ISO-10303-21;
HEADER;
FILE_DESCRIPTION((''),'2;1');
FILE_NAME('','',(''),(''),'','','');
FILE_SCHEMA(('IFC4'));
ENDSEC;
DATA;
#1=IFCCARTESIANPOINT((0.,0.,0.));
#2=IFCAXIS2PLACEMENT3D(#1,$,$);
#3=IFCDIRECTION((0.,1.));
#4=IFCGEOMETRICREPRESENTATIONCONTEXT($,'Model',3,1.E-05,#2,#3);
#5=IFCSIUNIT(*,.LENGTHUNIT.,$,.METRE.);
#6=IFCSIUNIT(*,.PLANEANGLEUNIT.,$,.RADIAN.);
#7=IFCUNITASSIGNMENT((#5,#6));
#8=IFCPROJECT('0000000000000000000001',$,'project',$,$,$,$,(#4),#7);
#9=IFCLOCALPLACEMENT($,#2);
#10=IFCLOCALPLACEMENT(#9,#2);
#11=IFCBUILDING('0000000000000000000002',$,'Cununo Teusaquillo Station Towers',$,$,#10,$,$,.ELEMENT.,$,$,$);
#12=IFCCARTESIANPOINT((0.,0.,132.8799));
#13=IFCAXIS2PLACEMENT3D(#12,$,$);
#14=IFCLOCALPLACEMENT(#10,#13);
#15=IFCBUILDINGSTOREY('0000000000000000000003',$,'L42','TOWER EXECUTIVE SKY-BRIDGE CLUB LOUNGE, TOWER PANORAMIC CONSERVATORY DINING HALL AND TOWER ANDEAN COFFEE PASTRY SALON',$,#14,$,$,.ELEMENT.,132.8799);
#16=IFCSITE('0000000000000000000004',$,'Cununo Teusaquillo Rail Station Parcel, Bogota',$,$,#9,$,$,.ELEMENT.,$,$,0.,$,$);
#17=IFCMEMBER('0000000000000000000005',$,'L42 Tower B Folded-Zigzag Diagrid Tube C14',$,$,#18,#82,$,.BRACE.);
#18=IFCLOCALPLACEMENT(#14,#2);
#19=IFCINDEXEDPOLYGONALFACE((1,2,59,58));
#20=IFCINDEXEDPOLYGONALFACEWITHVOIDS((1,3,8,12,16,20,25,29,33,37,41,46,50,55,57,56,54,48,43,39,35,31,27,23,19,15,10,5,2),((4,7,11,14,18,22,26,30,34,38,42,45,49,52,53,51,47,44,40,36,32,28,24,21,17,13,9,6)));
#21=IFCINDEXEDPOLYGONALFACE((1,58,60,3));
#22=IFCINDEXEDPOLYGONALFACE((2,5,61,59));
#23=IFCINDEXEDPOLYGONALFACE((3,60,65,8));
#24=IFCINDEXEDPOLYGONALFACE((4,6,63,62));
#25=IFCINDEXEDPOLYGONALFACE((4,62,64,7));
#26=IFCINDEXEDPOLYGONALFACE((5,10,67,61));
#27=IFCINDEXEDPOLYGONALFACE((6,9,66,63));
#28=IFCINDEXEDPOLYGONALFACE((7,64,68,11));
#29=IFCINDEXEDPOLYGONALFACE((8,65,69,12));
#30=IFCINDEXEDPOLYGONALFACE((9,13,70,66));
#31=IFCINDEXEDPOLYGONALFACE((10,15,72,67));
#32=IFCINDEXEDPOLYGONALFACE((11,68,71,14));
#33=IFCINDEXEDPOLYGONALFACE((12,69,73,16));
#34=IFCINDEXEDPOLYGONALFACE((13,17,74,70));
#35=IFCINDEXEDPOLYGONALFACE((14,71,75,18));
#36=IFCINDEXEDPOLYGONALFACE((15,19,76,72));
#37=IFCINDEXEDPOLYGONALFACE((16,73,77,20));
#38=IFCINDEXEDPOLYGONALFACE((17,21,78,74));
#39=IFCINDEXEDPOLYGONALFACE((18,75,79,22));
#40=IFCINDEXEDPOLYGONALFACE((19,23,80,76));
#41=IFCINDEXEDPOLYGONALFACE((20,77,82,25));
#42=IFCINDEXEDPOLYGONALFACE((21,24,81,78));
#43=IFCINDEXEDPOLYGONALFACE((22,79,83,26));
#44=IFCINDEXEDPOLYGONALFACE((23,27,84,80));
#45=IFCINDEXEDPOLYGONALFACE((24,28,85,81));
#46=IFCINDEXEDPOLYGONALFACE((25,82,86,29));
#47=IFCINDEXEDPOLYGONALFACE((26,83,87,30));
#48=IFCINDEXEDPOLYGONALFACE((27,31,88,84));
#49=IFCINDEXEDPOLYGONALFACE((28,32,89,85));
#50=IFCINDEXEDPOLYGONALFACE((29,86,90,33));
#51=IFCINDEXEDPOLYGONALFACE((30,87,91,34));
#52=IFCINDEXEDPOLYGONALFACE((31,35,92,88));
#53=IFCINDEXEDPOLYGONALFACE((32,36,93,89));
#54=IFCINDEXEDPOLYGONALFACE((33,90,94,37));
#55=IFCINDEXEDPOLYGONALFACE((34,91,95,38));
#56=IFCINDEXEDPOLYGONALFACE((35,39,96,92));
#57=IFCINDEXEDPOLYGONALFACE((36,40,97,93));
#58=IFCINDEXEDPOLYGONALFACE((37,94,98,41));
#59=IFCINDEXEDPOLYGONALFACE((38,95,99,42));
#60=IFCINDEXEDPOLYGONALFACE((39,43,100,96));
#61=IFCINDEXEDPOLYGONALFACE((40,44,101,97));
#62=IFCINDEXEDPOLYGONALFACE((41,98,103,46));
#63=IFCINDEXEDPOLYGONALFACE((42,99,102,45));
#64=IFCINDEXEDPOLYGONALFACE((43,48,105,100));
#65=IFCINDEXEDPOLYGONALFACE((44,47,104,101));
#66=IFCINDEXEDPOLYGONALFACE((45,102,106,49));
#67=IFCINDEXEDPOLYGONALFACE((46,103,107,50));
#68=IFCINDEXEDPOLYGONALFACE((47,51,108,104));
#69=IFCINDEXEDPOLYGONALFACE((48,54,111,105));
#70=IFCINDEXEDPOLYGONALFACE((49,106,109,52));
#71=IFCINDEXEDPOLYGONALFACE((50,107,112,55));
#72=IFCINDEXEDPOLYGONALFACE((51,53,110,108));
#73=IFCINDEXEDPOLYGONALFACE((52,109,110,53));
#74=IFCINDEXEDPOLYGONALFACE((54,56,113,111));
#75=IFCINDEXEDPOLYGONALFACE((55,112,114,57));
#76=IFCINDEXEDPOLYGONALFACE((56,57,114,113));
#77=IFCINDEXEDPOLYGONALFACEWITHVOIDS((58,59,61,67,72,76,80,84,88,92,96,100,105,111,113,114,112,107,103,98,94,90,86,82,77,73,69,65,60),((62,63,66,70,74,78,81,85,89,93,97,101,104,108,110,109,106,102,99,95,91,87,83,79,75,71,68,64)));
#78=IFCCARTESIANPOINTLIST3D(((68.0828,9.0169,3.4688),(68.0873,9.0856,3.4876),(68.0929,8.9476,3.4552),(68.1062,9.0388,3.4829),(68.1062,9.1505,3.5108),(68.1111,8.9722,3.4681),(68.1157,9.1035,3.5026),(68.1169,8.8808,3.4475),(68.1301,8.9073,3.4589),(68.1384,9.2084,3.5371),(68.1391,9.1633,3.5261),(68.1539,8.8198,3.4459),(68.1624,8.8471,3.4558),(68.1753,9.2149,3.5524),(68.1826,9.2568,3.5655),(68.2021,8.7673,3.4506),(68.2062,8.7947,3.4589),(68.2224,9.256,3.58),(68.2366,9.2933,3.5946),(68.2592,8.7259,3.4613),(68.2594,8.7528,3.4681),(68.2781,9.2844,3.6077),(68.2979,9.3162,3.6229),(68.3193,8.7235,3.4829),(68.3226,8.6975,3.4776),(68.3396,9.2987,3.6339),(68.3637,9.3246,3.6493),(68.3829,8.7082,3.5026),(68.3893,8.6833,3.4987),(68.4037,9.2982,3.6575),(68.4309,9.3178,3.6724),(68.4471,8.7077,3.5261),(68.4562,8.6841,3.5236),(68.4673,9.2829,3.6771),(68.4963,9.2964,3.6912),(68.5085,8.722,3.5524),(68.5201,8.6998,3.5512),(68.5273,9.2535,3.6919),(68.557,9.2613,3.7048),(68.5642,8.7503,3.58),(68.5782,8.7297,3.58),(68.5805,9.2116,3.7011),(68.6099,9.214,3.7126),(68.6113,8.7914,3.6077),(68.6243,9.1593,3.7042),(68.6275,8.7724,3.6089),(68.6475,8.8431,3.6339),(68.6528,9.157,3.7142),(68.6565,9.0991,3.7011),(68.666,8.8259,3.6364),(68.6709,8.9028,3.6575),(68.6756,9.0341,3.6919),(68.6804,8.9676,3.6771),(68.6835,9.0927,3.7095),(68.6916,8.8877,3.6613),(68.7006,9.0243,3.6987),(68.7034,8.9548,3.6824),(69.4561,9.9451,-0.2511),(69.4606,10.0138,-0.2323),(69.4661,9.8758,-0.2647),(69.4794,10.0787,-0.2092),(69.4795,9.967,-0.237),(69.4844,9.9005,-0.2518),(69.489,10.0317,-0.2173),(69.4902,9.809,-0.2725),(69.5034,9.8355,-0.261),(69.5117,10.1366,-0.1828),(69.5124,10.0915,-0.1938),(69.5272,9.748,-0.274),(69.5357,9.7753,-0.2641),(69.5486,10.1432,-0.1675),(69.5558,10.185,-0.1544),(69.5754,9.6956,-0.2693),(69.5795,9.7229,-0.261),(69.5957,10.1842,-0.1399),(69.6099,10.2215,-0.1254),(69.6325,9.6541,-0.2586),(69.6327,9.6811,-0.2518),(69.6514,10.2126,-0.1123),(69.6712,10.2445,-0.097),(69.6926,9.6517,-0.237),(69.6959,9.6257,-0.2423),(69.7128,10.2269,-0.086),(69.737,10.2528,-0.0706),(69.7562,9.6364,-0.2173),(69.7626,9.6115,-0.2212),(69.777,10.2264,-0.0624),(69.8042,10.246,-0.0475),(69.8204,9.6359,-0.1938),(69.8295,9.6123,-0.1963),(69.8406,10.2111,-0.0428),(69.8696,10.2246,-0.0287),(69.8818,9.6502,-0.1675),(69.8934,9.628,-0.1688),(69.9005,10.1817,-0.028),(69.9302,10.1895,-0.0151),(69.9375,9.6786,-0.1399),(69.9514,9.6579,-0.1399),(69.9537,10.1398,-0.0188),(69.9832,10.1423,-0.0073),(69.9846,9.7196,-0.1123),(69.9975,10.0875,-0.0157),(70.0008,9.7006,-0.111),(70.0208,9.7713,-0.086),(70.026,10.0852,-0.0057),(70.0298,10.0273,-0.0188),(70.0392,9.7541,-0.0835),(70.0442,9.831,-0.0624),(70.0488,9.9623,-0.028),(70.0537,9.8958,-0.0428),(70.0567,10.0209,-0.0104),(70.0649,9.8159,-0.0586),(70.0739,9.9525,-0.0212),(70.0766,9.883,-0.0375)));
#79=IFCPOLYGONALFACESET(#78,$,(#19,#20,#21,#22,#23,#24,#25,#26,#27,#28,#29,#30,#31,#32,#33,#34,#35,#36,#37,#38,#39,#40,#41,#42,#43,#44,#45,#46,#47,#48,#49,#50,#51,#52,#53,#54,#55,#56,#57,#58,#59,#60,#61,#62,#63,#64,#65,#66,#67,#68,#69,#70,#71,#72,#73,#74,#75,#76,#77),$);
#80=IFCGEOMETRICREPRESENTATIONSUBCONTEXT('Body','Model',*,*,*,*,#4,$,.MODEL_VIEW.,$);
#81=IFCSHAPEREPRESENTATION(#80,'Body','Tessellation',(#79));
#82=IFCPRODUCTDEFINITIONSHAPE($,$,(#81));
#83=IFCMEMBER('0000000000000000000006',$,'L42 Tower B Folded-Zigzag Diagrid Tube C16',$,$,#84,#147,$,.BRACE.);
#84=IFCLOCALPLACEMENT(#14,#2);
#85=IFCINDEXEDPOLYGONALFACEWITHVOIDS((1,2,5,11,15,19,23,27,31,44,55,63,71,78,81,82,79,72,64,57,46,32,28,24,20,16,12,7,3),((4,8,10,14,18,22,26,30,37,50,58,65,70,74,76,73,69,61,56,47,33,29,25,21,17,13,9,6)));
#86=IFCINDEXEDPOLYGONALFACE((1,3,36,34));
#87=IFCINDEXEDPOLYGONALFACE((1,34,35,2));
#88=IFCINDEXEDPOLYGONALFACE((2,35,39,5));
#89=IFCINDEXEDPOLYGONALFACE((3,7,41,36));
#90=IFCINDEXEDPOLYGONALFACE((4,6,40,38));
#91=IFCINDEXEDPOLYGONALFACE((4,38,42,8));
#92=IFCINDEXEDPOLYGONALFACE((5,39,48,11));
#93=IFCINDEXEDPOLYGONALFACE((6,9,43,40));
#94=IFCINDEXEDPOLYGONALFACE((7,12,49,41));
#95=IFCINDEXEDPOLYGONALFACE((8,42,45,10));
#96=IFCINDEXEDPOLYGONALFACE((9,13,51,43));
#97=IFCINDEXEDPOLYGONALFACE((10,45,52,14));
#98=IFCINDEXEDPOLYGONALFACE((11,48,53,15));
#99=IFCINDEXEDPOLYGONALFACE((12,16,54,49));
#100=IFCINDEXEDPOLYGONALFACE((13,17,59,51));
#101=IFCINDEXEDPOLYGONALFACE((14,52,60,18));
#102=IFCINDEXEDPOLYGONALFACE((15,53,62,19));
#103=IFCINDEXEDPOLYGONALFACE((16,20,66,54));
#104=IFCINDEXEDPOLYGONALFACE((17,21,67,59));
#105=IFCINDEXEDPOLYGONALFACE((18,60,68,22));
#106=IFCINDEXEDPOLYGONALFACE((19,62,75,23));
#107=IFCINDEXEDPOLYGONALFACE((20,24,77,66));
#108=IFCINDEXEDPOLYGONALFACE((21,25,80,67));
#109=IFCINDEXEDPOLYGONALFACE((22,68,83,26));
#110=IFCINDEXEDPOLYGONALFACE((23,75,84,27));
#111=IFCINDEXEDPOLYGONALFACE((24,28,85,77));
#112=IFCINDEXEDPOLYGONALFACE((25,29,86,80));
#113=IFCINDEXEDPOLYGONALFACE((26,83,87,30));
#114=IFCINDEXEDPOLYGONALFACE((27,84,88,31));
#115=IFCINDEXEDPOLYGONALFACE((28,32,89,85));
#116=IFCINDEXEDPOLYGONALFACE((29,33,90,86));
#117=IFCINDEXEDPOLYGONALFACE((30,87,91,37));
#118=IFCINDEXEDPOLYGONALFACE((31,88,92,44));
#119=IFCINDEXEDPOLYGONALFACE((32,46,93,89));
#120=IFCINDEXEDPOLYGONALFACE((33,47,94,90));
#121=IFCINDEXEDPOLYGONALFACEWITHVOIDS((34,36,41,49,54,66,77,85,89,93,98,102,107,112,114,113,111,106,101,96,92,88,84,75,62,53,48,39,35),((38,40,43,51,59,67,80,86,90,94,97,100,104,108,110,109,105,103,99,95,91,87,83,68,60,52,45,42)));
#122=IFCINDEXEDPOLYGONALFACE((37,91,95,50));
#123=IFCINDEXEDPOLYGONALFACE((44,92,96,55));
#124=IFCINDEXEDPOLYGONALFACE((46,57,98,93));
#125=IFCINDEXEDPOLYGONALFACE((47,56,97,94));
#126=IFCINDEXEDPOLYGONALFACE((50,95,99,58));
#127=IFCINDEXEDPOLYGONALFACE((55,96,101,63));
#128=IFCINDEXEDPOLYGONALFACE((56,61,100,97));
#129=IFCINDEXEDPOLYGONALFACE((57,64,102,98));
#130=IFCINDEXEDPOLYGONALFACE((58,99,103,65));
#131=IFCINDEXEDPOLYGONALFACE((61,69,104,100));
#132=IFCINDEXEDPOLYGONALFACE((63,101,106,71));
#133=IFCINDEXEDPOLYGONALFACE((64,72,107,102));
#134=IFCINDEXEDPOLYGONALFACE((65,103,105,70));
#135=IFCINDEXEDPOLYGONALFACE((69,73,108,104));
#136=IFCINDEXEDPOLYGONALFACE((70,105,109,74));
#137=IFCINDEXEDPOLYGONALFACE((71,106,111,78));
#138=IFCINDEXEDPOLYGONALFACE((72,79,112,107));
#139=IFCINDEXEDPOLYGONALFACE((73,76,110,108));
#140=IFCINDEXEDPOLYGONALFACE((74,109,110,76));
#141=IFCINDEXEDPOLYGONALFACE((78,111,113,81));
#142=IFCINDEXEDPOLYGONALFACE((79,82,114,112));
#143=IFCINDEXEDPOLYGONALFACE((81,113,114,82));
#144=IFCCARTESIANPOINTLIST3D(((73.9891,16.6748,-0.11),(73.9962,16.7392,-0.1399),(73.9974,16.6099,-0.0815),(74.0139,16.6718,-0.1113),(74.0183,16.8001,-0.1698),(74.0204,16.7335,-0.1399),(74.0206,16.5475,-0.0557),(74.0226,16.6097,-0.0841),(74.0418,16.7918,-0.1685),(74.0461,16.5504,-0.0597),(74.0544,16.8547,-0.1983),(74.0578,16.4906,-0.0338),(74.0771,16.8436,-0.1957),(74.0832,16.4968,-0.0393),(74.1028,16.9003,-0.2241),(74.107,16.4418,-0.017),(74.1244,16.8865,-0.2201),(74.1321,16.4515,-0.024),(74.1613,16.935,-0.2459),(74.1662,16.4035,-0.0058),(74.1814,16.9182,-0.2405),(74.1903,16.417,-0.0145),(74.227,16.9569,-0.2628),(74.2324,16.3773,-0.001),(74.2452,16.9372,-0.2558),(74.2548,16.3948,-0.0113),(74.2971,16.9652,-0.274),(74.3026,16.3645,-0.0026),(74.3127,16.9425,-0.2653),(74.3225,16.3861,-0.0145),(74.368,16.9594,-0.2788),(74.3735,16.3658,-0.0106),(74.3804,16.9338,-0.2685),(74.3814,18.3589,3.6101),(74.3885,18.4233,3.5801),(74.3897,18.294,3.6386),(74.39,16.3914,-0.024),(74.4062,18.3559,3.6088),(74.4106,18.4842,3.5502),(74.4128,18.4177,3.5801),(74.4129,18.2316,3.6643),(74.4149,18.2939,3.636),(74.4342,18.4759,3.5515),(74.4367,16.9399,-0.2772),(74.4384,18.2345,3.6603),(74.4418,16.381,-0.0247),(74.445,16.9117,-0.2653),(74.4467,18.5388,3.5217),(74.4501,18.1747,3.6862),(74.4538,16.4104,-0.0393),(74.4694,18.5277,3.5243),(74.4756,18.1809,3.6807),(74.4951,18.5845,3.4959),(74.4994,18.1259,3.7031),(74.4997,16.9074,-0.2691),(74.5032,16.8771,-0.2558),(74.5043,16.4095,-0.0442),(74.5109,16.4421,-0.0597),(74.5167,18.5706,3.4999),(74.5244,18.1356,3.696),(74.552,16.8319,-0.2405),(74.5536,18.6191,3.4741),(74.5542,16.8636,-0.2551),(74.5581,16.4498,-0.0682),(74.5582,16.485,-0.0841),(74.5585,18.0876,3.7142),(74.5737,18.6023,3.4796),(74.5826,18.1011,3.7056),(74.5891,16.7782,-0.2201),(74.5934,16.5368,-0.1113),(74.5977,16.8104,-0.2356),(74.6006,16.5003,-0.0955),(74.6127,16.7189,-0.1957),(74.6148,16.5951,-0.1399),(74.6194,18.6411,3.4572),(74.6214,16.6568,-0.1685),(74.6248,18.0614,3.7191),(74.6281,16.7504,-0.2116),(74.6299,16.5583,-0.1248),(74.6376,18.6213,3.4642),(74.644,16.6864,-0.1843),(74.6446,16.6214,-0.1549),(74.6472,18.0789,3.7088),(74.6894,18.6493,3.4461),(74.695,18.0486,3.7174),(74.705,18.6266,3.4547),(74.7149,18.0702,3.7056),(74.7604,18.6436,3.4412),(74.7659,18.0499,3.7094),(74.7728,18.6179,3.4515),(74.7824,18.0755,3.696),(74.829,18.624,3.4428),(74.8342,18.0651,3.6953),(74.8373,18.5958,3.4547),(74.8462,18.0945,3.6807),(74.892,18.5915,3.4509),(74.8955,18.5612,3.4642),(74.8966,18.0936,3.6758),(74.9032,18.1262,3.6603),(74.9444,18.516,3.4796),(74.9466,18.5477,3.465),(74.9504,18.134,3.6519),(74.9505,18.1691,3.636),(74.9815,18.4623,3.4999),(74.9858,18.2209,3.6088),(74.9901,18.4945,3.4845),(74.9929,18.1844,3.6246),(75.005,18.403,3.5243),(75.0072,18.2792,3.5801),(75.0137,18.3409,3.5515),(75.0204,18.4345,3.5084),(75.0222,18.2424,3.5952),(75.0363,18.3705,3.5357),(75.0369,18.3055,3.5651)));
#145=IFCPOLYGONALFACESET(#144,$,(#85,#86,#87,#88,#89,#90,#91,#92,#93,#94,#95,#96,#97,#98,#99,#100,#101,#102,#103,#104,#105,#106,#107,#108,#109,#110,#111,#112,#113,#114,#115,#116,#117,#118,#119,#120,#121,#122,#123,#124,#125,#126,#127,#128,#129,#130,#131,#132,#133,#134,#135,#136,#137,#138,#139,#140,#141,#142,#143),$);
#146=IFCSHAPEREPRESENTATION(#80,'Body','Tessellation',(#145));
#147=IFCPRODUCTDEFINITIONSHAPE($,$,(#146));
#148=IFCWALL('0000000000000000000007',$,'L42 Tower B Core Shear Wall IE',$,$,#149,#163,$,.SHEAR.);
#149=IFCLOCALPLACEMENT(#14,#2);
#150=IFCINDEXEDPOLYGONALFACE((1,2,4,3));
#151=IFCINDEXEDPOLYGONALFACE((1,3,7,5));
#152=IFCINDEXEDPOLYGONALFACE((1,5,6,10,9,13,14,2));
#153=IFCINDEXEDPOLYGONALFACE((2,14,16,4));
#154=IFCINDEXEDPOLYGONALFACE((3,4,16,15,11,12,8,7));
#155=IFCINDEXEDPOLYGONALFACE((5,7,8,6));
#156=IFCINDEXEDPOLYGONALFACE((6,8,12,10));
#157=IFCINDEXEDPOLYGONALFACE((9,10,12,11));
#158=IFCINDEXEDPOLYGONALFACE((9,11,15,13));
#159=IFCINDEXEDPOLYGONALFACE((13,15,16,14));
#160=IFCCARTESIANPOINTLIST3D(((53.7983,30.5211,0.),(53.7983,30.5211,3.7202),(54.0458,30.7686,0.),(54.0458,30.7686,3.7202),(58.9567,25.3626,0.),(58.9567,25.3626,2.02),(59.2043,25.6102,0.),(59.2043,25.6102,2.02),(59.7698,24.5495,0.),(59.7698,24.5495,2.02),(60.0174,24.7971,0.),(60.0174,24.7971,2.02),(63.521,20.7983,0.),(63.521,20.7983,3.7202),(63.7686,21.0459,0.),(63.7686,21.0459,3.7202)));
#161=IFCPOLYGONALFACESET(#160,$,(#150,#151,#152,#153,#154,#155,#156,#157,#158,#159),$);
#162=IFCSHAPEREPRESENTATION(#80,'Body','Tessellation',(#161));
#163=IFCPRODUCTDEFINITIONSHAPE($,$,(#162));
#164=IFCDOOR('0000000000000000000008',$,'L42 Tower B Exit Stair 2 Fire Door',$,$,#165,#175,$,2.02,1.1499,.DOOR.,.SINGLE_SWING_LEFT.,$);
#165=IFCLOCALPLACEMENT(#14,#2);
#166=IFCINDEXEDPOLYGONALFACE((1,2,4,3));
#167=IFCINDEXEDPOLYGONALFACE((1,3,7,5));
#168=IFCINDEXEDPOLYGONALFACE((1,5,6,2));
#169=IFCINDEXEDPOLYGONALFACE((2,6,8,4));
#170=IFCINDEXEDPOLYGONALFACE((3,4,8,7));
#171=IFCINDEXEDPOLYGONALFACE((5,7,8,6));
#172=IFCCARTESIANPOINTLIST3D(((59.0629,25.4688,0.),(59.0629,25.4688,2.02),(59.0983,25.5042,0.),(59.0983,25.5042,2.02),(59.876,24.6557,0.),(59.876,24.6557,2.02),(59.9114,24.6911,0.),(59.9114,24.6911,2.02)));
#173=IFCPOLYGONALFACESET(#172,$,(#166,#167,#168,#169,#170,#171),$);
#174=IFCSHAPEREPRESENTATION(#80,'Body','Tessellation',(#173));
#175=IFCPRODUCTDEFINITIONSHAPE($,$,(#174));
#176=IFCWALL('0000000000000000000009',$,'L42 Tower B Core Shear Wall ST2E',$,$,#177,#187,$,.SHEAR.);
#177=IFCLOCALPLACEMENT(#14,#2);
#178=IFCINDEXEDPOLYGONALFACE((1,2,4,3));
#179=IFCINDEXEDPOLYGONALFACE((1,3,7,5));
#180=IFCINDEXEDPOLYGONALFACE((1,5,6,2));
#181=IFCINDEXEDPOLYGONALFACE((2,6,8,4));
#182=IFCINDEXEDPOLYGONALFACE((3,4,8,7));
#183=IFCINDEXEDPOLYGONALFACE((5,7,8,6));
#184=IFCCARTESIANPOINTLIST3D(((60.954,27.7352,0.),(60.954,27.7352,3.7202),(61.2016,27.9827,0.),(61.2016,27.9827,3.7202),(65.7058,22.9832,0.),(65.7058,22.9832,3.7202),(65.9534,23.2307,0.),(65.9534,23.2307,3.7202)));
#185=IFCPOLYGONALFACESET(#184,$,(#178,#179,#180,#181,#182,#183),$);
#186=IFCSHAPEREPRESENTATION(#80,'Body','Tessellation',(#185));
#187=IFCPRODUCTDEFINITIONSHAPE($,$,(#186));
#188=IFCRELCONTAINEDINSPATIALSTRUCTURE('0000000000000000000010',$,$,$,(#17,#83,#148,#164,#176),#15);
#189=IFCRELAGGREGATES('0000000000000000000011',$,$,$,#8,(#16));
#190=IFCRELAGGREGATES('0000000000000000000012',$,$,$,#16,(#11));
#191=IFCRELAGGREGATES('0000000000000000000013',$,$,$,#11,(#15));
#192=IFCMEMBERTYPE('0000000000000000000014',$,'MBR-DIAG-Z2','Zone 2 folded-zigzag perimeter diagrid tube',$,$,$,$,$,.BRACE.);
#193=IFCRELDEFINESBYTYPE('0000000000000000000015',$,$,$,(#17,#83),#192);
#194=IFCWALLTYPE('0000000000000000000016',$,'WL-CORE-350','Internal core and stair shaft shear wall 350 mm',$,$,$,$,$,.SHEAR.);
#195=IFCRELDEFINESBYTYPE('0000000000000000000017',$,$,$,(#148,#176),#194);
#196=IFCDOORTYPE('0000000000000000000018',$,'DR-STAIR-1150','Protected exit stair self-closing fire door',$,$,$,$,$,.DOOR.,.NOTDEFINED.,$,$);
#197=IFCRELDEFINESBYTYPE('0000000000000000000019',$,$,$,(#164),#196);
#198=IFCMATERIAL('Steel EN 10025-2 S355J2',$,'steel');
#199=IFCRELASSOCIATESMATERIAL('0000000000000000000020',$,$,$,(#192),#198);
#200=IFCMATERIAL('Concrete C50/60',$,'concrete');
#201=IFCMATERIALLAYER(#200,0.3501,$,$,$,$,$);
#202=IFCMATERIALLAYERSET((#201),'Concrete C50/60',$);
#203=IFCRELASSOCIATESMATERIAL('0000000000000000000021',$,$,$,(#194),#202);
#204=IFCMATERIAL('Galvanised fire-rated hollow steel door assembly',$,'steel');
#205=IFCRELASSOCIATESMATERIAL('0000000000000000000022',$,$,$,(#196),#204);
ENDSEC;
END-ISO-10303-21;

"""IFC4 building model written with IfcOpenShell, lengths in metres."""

from ifc_helpers import new_model, si_unit, direction, frame, frame_2d, origin, origin_2d, place, context, subcontext, project, spatial, rectangle, hollow_circle, extrude, source, transform, mapped, material, layer, layer_set, material_profile, profile_set, type_object, element, fill, save


model = new_model("IFC4")

# Units and contexts
model_context = context("Model", 3, precision=1e-05, world=origin(), true_north=direction((0.0, 1.0)))
body_context = subcontext(model_context, "Body", "Model", "MODEL_VIEW")
ifc_project = project(units=[si_unit("LENGTHUNIT", "METRE"), si_unit("PLANEANGLEUNIT", "RADIAN")], contexts=[model_context])

# Site, building, storey
site_placement = place(None, origin())
site = spatial("IfcSite", under=ifc_project, at=site_placement, Name="Cununo Teusaquillo Rail Station Parcel, Bogota", CompositionType="ELEMENT", RefElevation=0.0)
building_placement = place(site_placement, origin())
building = spatial("IfcBuilding", under=site, at=building_placement, Name="Cununo Teusaquillo Station Towers", CompositionType="ELEMENT")
storey_placement = place(building_placement, frame((0.0, 0.0, 132.8799)))
storey = spatial("IfcBuildingStorey", under=building, at=storey_placement, Name="L42", Description="TOWER EXECUTIVE SKY-BRIDGE CLUB LOUNGE, TOWER PANORAMIC CONSERVATORY DINING HALL AND TOWER ANDEAN COFFEE PASTRY SALON", CompositionType="ELEMENT", Elevation=132.8799)

# Members
ifc_material_1 = material(Name="Steel EN 10025-2 S355J2", Category="steel")
ifc_material_profile_1 = material_profile(ifc_material_1, hollow_circle(Radius=0.3301, WallThickness=0.0249, at=origin_2d()), Name="CHS 660x25")
ifc_profile_set_1 = profile_set([ifc_material_profile_1], Name="Steel EN 10025-2 S355J2")
member_type = type_object("IfcMemberType", Name="MBR-DIAG-Z2", Description="Zone 2 folded-zigzag perimeter diagrid tube", PredefinedType="BRACE", material=ifc_profile_set_1)
member_1_placement = place(storey_placement, frame((69.7666, 9.9314, -0.1399), z_axis=(-0.337206, -0.227921, 0.913424), x_axis=(0.559991, -0.828498, 0.0)))
element("IfcMember", 1, at=member_1_placement, inside=storey, type_object=member_type, Name="L42 Tower B Folded-Zigzag Diagrid Tube C14", PredefinedType="BRACE", context=body_context, shape_type="SweptSolid", body=[
    extrude(hollow_circle(Radius=0.3301, WallThickness=0.0249, at=origin_2d()), origin(), (0.0, 0.0, 1.0), 4.0725),
])
member_2_placement = place(storey_placement, frame((74.3176, 16.6643, -0.1399), z_axis=(0.095639, 0.410529, 0.906818), x_axis=(-0.97392, 0.22689, 0.0)))
element("IfcMember", 2, at=member_2_placement, inside=storey, type_object=member_type, Name="L42 Tower B Folded-Zigzag Diagrid Tube C16", PredefinedType="BRACE", context=body_context, shape_type="SweptSolid", body=[
    extrude(hollow_circle(Radius=0.3301, WallThickness=0.0249, at=origin_2d()), origin(), (0.0, 0.0, 1.0), 4.1023),
])

# Wall, opening, door
ifc_material_2 = material(Name="Concrete C50/60", Category="concrete")
ifc_layer_1 = layer(ifc_material_2, 0.3501)
ifc_layer_set_1 = layer_set([ifc_layer_1], Name="Concrete C50/60")
wall_type_1 = type_object("IfcWallType", Name="WL-CORE-350", Description="Internal core and stair shaft shear wall 350 mm", PredefinedType="SHEAR", material=ifc_layer_set_1)
wall_1_placement = place(storey_placement, frame((63.6448, 20.9221, 0.0), z_axis=(0.0, 0.0, 1.0), x_axis=(-0.707107, 0.707107, 0.0)))
wall_1 = element("IfcWall", 3, at=wall_1_placement, inside=storey, type_object=wall_type_1, Name="L42 Tower B Core Shear Wall IE", PredefinedType="SHEAR", context=body_context, shape_type="SweptSolid", body=[
    extrude(rectangle(XDim=13.75, YDim=0.3501, at=frame_2d((6.875, 0.0))), origin(), (0.0, 0.0, 1.0), 3.7202),
])
shared_shape_1 = source(origin(), body_context, "Body", "SweptSolid", [
    extrude(rectangle(XDim=1.1499, YDim=2.02, at=frame_2d((0.575, 1.01))), frame((0.0, 0.1851, 0.0), z_axis=(0.0, -1.0, 0.0), x_axis=(1.0, 0.0, 0.0)), (0.0, 0.0, 1.0), 0.3701),
])
opening_1_placement = place(wall_1_placement, frame((5.3049, 0.0, 0.0)))
opening_1 = element("IfcOpeningElement", 4, at=opening_1_placement, cuts=wall_1, PredefinedType="OPENING", context=body_context, shape_type="MappedRepresentation", body=[
    mapped(shared_shape_1, transform((0.0, 0.0, 0.0), x_axis=(1.0, 0.0, 0.0), y_axis=(0.0, 1.0, 0.0), z_axis=(0.0, 0.0, 1.0), scale=1.0)),
])
ifc_material_3 = material(Name="Galvanised fire-rated hollow steel door assembly", Category="steel")
door_type_1 = type_object("IfcDoorType", Name="DR-STAIR-1150", Description="Protected exit stair self-closing fire door", OperationType="NOTDEFINED", PredefinedType="DOOR", material=ifc_material_3)
shared_shape_2 = source(origin(), body_context, "Body", "SweptSolid", [
    extrude(rectangle(XDim=1.1499, YDim=2.02, at=frame_2d((0.575, 1.01))), frame((0.0, 0.0249, 0.0), z_axis=(0.0, -1.0, 0.0), x_axis=(1.0, 0.0, 0.0)), (0.0, 0.0, 1.0), 0.05),
])
door_1_placement = place(opening_1_placement, origin())
door_1 = element("IfcDoor", 5, at=door_1_placement, inside=storey, type_object=door_type_1, Name="L42 Tower B Exit Stair 2 Fire Door", OperationType="SINGLE_SWING_LEFT", OverallHeight=2.02, OverallWidth=1.1499, PredefinedType="DOOR", context=body_context, shape_type="MappedRepresentation", body=[
    mapped(shared_shape_2, transform((0.0, 0.0, 0.0), x_axis=(1.0, 0.0, 0.0), y_axis=(0.0, 1.0, 0.0), z_axis=(0.0, 0.0, 1.0), scale=1.0)),
])
fill(opening_1, door_1)

# Wall
wall_2_placement = place(storey_placement, frame((65.8296, 23.1069, 0.0), z_axis=(0.0, 0.0, 1.0), x_axis=(-0.707089, 0.707125, 0.0)))
element("IfcWall", 6, at=wall_2_placement, inside=storey, type_object=wall_type_1, Name="L42 Tower B Core Shear Wall ST2E", PredefinedType="SHEAR", context=body_context, shape_type="SweptSolid", body=[
    extrude(rectangle(XDim=6.7202, YDim=0.3501, at=frame_2d((3.3601, 0.0))), origin(), (0.0, 0.0, 1.0), 3.7202),
])

save(model, "model.ifc")
